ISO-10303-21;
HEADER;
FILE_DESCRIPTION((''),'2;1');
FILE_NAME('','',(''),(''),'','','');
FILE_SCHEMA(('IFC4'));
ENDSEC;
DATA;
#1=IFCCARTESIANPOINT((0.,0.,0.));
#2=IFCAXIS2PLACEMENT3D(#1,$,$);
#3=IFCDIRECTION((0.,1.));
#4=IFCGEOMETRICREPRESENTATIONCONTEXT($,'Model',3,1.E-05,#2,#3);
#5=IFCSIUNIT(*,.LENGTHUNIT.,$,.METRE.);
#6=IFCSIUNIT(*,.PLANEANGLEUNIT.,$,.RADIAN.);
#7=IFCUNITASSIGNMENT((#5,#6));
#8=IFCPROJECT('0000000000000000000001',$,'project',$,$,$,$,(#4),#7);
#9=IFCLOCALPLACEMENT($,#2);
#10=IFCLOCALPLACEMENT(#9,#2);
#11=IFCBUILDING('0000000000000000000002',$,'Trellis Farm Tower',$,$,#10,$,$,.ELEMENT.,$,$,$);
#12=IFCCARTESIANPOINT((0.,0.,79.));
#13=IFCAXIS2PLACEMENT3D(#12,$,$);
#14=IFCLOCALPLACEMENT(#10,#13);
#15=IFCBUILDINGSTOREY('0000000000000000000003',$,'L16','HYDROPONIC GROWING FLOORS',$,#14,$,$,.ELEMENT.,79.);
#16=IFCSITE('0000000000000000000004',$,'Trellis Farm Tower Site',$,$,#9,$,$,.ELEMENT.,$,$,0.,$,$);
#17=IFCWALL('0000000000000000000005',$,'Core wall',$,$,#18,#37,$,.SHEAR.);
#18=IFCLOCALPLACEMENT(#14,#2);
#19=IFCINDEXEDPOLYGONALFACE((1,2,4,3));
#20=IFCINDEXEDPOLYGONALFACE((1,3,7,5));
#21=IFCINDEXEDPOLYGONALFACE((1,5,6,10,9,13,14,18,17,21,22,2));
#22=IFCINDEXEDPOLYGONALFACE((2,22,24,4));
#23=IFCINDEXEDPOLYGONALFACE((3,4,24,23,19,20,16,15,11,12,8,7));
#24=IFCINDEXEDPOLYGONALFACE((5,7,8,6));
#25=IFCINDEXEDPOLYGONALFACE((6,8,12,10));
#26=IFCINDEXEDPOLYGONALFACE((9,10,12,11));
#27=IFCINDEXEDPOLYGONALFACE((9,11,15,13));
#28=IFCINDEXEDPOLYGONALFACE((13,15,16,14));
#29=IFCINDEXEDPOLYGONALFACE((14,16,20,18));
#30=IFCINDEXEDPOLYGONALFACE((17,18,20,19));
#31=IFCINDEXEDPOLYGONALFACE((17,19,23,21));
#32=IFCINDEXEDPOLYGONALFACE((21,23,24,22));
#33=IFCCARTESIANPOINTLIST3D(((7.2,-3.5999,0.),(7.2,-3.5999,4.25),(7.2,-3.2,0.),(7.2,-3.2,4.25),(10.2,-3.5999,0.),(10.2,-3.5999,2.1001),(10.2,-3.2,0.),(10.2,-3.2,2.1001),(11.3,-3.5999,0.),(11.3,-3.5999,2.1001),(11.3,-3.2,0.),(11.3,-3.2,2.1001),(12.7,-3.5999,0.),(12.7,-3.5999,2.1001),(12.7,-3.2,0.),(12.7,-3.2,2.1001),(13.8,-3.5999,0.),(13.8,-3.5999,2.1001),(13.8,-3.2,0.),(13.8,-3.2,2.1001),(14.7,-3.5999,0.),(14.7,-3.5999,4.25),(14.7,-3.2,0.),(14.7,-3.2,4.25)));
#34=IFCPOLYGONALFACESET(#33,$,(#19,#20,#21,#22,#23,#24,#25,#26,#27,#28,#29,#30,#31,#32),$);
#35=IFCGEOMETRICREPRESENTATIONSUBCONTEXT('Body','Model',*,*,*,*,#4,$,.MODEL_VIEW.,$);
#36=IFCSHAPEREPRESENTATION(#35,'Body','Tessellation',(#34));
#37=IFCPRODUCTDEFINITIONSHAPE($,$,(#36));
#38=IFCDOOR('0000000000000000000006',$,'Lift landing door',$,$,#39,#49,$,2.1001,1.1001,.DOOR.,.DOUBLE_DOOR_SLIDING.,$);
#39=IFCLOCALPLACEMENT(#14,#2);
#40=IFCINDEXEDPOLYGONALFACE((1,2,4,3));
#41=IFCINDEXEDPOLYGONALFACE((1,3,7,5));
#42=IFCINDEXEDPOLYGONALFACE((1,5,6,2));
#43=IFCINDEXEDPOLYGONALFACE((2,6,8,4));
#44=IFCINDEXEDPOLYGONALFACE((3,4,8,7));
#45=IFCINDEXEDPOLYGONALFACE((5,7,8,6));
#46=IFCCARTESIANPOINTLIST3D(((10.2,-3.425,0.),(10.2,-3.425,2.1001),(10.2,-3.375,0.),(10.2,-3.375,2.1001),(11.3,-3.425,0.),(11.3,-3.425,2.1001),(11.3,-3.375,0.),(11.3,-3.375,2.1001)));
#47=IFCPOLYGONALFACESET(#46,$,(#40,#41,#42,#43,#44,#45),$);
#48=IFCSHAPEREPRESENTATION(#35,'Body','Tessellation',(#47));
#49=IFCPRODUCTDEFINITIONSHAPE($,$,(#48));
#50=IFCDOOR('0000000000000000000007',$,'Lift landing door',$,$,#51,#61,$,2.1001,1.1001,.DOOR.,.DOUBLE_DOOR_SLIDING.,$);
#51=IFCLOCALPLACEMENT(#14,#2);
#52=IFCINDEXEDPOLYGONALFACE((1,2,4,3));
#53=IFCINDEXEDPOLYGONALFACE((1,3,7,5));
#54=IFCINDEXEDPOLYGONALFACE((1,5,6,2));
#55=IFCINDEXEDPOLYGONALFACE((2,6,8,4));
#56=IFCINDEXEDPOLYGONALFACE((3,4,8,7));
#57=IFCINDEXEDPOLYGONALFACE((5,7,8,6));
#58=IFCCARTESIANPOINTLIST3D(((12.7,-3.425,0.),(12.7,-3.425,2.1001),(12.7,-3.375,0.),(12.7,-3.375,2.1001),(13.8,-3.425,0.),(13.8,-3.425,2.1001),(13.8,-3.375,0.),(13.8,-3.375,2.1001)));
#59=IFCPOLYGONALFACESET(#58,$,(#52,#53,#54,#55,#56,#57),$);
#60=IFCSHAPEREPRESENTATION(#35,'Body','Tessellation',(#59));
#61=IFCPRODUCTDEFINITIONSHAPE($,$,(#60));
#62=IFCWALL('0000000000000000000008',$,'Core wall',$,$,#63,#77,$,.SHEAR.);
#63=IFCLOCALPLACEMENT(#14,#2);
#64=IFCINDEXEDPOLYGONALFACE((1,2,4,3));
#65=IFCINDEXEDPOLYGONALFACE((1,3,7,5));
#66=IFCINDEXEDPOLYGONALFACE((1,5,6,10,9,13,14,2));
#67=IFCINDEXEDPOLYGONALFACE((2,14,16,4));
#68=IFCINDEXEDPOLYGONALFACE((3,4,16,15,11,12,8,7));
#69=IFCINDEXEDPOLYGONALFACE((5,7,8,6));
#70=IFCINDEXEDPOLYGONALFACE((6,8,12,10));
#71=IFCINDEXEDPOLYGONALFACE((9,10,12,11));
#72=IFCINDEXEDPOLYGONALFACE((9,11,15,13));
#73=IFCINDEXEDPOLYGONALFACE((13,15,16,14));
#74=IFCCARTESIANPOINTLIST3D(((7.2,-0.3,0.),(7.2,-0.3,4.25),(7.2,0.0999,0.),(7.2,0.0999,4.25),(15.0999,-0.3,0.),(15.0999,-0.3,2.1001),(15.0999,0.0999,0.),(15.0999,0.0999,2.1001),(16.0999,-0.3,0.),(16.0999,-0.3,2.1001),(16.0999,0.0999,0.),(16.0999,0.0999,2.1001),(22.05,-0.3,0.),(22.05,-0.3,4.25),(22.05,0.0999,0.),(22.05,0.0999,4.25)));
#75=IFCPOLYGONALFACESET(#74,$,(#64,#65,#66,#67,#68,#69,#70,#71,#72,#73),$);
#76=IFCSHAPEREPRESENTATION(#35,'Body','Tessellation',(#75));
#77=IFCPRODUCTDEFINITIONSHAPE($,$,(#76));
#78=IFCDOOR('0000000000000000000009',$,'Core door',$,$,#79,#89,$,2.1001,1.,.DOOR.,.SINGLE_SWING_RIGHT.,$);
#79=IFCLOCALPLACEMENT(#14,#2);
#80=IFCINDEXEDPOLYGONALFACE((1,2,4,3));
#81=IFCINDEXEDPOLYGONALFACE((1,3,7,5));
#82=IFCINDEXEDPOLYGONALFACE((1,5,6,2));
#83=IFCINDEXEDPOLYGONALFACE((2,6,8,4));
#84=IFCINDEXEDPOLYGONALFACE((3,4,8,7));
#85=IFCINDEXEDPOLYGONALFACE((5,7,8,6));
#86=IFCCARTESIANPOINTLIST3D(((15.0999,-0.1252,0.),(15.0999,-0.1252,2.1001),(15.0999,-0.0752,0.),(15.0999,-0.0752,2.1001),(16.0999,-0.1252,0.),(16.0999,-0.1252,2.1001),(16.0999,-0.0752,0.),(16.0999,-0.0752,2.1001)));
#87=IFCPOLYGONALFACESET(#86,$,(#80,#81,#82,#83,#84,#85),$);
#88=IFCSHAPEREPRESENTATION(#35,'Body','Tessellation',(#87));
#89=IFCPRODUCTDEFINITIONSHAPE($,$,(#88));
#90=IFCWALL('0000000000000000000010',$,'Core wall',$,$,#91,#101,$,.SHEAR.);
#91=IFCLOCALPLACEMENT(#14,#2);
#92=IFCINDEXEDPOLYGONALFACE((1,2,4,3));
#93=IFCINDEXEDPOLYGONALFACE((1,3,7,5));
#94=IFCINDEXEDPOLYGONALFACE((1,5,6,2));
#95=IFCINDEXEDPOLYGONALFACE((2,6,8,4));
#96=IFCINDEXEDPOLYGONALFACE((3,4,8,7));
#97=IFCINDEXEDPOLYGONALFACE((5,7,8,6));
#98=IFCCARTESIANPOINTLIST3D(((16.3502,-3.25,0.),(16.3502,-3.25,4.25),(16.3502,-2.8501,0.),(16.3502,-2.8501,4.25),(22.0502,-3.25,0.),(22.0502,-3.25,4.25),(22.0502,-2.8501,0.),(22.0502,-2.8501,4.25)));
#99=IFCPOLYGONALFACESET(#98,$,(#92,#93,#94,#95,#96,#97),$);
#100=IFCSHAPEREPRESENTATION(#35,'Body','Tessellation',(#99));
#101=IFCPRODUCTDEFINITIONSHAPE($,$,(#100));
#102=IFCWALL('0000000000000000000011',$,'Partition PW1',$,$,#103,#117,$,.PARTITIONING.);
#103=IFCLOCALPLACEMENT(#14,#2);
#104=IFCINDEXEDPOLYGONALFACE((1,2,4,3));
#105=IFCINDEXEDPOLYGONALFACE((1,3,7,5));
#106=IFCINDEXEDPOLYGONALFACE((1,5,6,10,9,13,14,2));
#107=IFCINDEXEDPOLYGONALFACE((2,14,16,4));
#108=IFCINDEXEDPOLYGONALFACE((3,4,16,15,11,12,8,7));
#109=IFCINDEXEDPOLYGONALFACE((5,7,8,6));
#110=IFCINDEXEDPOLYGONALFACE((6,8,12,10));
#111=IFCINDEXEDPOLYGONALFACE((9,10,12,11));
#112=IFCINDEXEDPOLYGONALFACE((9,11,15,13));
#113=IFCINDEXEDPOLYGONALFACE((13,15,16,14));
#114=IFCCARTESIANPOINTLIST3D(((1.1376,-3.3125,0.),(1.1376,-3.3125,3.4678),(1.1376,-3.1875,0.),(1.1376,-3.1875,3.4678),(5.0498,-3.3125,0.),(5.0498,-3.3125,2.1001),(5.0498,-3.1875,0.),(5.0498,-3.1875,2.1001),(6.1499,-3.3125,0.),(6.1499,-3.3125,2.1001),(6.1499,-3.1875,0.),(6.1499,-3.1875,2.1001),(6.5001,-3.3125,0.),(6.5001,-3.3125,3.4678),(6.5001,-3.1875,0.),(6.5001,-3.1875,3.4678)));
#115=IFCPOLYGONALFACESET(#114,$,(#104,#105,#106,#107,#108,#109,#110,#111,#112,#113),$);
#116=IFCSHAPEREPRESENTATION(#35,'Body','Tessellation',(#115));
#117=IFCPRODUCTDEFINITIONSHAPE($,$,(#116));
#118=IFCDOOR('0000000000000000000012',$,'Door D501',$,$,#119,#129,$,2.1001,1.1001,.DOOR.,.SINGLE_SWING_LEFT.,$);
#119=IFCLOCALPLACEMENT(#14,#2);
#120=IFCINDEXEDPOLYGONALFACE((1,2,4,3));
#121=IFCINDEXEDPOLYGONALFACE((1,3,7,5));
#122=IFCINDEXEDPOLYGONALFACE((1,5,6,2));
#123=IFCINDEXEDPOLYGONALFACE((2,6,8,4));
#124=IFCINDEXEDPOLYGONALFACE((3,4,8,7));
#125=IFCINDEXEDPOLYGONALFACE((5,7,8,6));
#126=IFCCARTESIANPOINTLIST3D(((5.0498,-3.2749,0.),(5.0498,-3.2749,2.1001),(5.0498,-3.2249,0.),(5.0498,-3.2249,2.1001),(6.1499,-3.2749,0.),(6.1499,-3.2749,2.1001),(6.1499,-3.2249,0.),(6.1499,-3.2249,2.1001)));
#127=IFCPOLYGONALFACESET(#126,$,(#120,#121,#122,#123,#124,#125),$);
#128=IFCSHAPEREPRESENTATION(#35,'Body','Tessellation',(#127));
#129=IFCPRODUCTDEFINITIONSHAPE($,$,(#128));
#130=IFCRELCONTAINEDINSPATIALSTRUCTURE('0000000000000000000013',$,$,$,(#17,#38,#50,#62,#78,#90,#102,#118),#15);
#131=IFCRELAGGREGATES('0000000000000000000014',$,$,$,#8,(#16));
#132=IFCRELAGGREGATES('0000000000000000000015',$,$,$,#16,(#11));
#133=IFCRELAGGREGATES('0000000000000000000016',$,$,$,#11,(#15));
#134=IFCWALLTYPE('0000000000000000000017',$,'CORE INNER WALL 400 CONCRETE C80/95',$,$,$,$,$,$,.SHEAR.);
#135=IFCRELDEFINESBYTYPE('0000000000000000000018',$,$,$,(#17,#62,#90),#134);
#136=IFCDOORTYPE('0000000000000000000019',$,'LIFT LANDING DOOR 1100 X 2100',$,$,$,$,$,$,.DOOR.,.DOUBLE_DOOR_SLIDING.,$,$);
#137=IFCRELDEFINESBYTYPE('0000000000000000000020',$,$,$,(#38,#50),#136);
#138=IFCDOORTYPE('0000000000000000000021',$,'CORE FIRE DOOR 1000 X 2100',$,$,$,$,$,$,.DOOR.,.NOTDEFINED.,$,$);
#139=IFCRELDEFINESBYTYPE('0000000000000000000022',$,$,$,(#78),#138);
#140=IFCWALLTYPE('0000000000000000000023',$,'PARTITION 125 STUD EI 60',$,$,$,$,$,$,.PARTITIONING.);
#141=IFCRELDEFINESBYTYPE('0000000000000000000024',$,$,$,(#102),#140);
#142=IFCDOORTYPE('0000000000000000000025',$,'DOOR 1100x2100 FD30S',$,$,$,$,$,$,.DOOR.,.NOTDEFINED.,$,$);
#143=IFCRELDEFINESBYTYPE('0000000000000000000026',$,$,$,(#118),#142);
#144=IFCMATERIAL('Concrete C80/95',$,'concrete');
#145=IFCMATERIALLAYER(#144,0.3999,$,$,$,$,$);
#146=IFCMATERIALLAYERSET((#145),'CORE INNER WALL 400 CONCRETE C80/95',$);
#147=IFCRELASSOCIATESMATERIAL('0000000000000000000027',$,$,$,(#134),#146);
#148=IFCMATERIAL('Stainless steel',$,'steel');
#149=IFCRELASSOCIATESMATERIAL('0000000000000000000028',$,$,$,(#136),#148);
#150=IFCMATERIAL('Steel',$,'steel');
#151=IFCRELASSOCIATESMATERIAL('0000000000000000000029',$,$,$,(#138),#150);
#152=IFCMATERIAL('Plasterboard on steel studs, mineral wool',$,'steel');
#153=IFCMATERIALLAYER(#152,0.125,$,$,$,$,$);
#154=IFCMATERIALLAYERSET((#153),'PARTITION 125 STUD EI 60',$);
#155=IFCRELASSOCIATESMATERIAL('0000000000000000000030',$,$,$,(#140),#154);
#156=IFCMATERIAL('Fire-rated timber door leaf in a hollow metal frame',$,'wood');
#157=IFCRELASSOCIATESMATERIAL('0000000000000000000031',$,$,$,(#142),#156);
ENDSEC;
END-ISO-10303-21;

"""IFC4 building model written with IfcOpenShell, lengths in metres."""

from ifc_helpers import new_model, si_unit, direction, frame, frame_2d, origin, place, context, subcontext, project, spatial, rectangle, extrude, source, transform, mapped, material, layer, layer_set, type_object, element, fill, save


model = new_model("IFC4")

# Units and contexts
model_context = context("Model", 3, precision=1e-05, world=origin(), true_north=direction((0.0, 1.0)))
body_context = subcontext(model_context, "Body", "Model", "MODEL_VIEW")
ifc_project = project(units=[si_unit("LENGTHUNIT", "METRE"), si_unit("PLANEANGLEUNIT", "RADIAN")], contexts=[model_context])

# Site, building, storey
site_placement = place(None, origin())
site = spatial("IfcSite", under=ifc_project, at=site_placement, Name="Trellis Farm Tower Site", CompositionType="ELEMENT", RefElevation=0.0)
building_placement = place(site_placement, origin())
building = spatial("IfcBuilding", under=site, at=building_placement, Name="Trellis Farm Tower", CompositionType="ELEMENT")
storey_placement = place(building_placement, frame((0.0, 0.0, 79.0)))
storey = spatial("IfcBuildingStorey", under=building, at=storey_placement, Name="L16", Description="HYDROPONIC GROWING FLOORS", CompositionType="ELEMENT", Elevation=79.0)

# Shared definitions
ifc_material_1 = material(Name="Concrete C80/95", Category="concrete")

# Wall, openings, doors
ifc_layer_1 = layer(ifc_material_1, 0.3999)
ifc_layer_set_1 = layer_set([ifc_layer_1], Name="CORE INNER WALL 400 CONCRETE C80/95")
wall_type_1 = type_object("IfcWallType", Name="CORE INNER WALL 400 CONCRETE C80/95", PredefinedType="SHEAR", material=ifc_layer_set_1)
shared_shape_1 = source(origin(), body_context, "Body", "SweptSolid", [
    extrude(rectangle(XDim=7.5, YDim=0.3999, at=frame_2d((3.75, 0.0))), origin(), (0.0, 0.0, 1.0), 4.25),
])
wall_1_placement = place(storey_placement, frame((7.2, -3.3999, 0.0), z_axis=(0.0, 0.0, 1.0), x_axis=(1.0, 0.0, 0.0)))
wall_1 = element("IfcWall", 1, at=wall_1_placement, inside=storey, type_object=wall_type_1, Name="Core wall", PredefinedType="SHEAR", context=body_context, shape_type="MappedRepresentation", body=[
    mapped(shared_shape_1, transform((0.0, 0.0, 0.0))),
])
shared_shape_2 = source(origin(), body_context, "Body", "SweptSolid", [
    extrude(rectangle(XDim=1.1001, YDim=2.1001, at=frame_2d((0.55, 1.05))), frame((0.0, 0.21, 0.0), z_axis=(0.0, -1.0, 0.0), x_axis=(1.0, 0.0, 0.0)), (0.0, 0.0, 1.0), 0.4199),
])
opening_1_placement = place(wall_1_placement, frame((3.0, 0.0, 0.0)))
opening_1 = element("IfcOpeningElement", 2, at=opening_1_placement, cuts=wall_1, PredefinedType="OPENING", context=body_context, shape_type="MappedRepresentation", body=[
    mapped(shared_shape_2, transform((0.0, 0.0, 0.0))),
])
opening_2_placement = place(wall_1_placement, frame((5.5, 0.0, 0.0)))
opening_2 = element("IfcOpeningElement", 3, at=opening_2_placement, cuts=wall_1, PredefinedType="OPENING", context=body_context, shape_type="MappedRepresentation", body=[
    mapped(shared_shape_2, transform((0.0, 0.0, 0.0))),
])
ifc_material_2 = material(Name="Stainless steel", Category="steel")
door_type_1 = type_object("IfcDoorType", Name="LIFT LANDING DOOR 1100 X 2100", OperationType="DOUBLE_DOOR_SLIDING", PredefinedType="DOOR", material=ifc_material_2)
shared_shape_3 = source(origin(), body_context, "Body", "SweptSolid", [
    extrude(rectangle(XDim=1.1001, YDim=2.1001, at=frame_2d((0.55, 1.05))), frame((0.0, 0.0249, 0.0), z_axis=(0.0, -1.0, 0.0), x_axis=(1.0, 0.0, 0.0)), (0.0, 0.0, 1.0), 0.05),
])
door_1_placement = place(opening_1_placement, origin())
door_1 = element("IfcDoor", 4, at=door_1_placement, inside=storey, type_object=door_type_1, Name="Lift landing door", OperationType="DOUBLE_DOOR_SLIDING", OverallHeight=2.1001, OverallWidth=1.1001, PredefinedType="DOOR", context=body_context, shape_type="MappedRepresentation", body=[
    mapped(shared_shape_3, transform((0.0, 0.0, 0.0))),
])
fill(opening_1, door_1)
door_2_placement = place(opening_2_placement, origin())
door_2 = element("IfcDoor", 5, at=door_2_placement, inside=storey, type_object=door_type_1, Name="Lift landing door", OperationType="DOUBLE_DOOR_SLIDING", OverallHeight=2.1001, OverallWidth=1.1001, PredefinedType="DOOR", context=body_context, shape_type="MappedRepresentation", body=[
    mapped(shared_shape_3, transform((0.0, 0.0, 0.0))),
])
fill(opening_2, door_2)

# Wall, opening, door
shared_shape_4 = source(origin(), body_context, "Body", "SweptSolid", [
    extrude(rectangle(XDim=14.8501, YDim=0.3999, at=frame_2d((7.425, 0.0))), origin(), (0.0, 0.0, 1.0), 4.25),
])
wall_2_placement = place(storey_placement, frame((7.2, -0.1001, 0.0), z_axis=(0.0, 0.0, 1.0), x_axis=(1.0, 0.0, 0.0)))
wall_2 = element("IfcWall", 6, at=wall_2_placement, inside=storey, type_object=wall_type_1, Name="Core wall", PredefinedType="SHEAR", context=body_context, shape_type="MappedRepresentation", body=[
    mapped(shared_shape_4, transform((0.0, 0.0, 0.0))),
])
shared_shape_5 = source(origin(), body_context, "Body", "SweptSolid", [
    extrude(rectangle(XDim=1.0, YDim=2.1001, at=frame_2d((0.5, 1.05))), frame((0.0, 0.21, 0.0), z_axis=(0.0, -1.0, 0.0), x_axis=(1.0, 0.0, 0.0)), (0.0, 0.0, 1.0), 0.4199),
])
opening_3_placement = place(wall_2_placement, frame((7.8999, 0.0, 0.0)))
opening_3 = element("IfcOpeningElement", 7, at=opening_3_placement, cuts=wall_2, PredefinedType="OPENING", context=body_context, shape_type="MappedRepresentation", body=[
    mapped(shared_shape_5, transform((0.0, 0.0, 0.0))),
])
ifc_material_3 = material(Name="Steel", Category="steel")
door_type_2 = type_object("IfcDoorType", Name="CORE FIRE DOOR 1000 X 2100", OperationType="NOTDEFINED", PredefinedType="DOOR", material=ifc_material_3)
shared_shape_6 = source(origin(), body_context, "Body", "SweptSolid", [
    extrude(rectangle(XDim=1.0, YDim=2.1001, at=frame_2d((0.5, 1.05))), frame((0.0, 0.0249, 0.0), z_axis=(0.0, -1.0, 0.0), x_axis=(1.0, 0.0, 0.0)), (0.0, 0.0, 1.0), 0.05),
])
door_3_placement = place(opening_3_placement, origin())
door_3 = element("IfcDoor", 8, at=door_3_placement, inside=storey, type_object=door_type_2, Name="Core door", OperationType="SINGLE_SWING_RIGHT", OverallHeight=2.1001, OverallWidth=1.0, PredefinedType="DOOR", context=body_context, shape_type="MappedRepresentation", body=[
    mapped(shared_shape_6, transform((0.0, 0.0, 0.0))),
])
fill(opening_3, door_3)

# Wall
shared_shape_7 = source(origin(), body_context, "Body", "SweptSolid", [
    extrude(rectangle(XDim=5.7, YDim=0.3999, at=frame_2d((2.8501, 0.0))), origin(), (0.0, 0.0, 1.0), 4.25),
])
wall_3_placement = place(storey_placement, frame((16.3501, -3.05, 0.0), z_axis=(0.0, 0.0, 1.0), x_axis=(1.0, 0.0, 0.0)))
element("IfcWall", 9, at=wall_3_placement, inside=storey, type_object=wall_type_1, Name="Core wall", PredefinedType="SHEAR", context=body_context, shape_type="MappedRepresentation", body=[
    mapped(shared_shape_7, transform((0.0, 0.0, 0.0))),
])

# Wall, opening, door
ifc_material_4 = material(Name="Plasterboard on steel studs, mineral wool", Category="steel")
ifc_layer_2 = layer(ifc_material_4, 0.125)
ifc_layer_set_2 = layer_set([ifc_layer_2], Name="PARTITION 125 STUD EI 60")
wall_type_2 = type_object("IfcWallType", Name="PARTITION 125 STUD EI 60", PredefinedType="PARTITIONING", material=ifc_layer_set_2)
shared_shape_8 = source(origin(), body_context, "Body", "SweptSolid", [
    extrude(rectangle(XDim=5.3625, YDim=0.125, at=frame_2d((2.6812, 0.0))), origin(), (0.0, 0.0, 1.0), 3.4678),
])
wall_4_placement = place(storey_placement, frame((6.5, -3.25, 0.0), z_axis=(0.0, 0.0, 1.0), x_axis=(-1.0, 0.0, 0.0)))
wall_4 = element("IfcWall", 10, at=wall_4_placement, inside=storey, type_object=wall_type_2, Name="Partition PW1", PredefinedType="PARTITIONING", context=body_context, shape_type="MappedRepresentation", body=[
    mapped(shared_shape_8, transform((0.0, 0.0, 0.0))),
])
shared_shape_9 = source(origin(), body_context, "Body", "SweptSolid", [
    extrude(rectangle(XDim=1.1001, YDim=2.1001, at=frame_2d((0.55, 1.05))), frame((0.0, 0.0725, 0.0), z_axis=(0.0, -1.0, 0.0), x_axis=(1.0, 0.0, 0.0)), (0.0, 0.0, 1.0), 0.145),
])
opening_4_placement = place(wall_4_placement, frame((0.3501, 0.0, 0.0)))
opening_4 = element("IfcOpeningElement", 11, at=opening_4_placement, cuts=wall_4, PredefinedType="OPENING", context=body_context, shape_type="MappedRepresentation", body=[
    mapped(shared_shape_9, transform((0.0, 0.0, 0.0))),
])
ifc_material_5 = material(Name="Fire-rated timber door leaf in a hollow metal frame", Category="wood")
door_type_3 = type_object("IfcDoorType", Name="DOOR 1100x2100 FD30S", OperationType="NOTDEFINED", PredefinedType="DOOR", material=ifc_material_5)
door_4_placement = place(opening_4_placement, origin())
door_4 = element("IfcDoor", 12, at=door_4_placement, inside=storey, type_object=door_type_3, Name="Door D501", OperationType="SINGLE_SWING_LEFT", OverallHeight=2.1001, OverallWidth=1.1001, PredefinedType="DOOR", context=body_context, shape_type="MappedRepresentation", body=[
    mapped(shared_shape_3, transform((0.0, 0.0, 0.0))),
])
fill(opening_4, door_4)

save(model, "model.ifc")
